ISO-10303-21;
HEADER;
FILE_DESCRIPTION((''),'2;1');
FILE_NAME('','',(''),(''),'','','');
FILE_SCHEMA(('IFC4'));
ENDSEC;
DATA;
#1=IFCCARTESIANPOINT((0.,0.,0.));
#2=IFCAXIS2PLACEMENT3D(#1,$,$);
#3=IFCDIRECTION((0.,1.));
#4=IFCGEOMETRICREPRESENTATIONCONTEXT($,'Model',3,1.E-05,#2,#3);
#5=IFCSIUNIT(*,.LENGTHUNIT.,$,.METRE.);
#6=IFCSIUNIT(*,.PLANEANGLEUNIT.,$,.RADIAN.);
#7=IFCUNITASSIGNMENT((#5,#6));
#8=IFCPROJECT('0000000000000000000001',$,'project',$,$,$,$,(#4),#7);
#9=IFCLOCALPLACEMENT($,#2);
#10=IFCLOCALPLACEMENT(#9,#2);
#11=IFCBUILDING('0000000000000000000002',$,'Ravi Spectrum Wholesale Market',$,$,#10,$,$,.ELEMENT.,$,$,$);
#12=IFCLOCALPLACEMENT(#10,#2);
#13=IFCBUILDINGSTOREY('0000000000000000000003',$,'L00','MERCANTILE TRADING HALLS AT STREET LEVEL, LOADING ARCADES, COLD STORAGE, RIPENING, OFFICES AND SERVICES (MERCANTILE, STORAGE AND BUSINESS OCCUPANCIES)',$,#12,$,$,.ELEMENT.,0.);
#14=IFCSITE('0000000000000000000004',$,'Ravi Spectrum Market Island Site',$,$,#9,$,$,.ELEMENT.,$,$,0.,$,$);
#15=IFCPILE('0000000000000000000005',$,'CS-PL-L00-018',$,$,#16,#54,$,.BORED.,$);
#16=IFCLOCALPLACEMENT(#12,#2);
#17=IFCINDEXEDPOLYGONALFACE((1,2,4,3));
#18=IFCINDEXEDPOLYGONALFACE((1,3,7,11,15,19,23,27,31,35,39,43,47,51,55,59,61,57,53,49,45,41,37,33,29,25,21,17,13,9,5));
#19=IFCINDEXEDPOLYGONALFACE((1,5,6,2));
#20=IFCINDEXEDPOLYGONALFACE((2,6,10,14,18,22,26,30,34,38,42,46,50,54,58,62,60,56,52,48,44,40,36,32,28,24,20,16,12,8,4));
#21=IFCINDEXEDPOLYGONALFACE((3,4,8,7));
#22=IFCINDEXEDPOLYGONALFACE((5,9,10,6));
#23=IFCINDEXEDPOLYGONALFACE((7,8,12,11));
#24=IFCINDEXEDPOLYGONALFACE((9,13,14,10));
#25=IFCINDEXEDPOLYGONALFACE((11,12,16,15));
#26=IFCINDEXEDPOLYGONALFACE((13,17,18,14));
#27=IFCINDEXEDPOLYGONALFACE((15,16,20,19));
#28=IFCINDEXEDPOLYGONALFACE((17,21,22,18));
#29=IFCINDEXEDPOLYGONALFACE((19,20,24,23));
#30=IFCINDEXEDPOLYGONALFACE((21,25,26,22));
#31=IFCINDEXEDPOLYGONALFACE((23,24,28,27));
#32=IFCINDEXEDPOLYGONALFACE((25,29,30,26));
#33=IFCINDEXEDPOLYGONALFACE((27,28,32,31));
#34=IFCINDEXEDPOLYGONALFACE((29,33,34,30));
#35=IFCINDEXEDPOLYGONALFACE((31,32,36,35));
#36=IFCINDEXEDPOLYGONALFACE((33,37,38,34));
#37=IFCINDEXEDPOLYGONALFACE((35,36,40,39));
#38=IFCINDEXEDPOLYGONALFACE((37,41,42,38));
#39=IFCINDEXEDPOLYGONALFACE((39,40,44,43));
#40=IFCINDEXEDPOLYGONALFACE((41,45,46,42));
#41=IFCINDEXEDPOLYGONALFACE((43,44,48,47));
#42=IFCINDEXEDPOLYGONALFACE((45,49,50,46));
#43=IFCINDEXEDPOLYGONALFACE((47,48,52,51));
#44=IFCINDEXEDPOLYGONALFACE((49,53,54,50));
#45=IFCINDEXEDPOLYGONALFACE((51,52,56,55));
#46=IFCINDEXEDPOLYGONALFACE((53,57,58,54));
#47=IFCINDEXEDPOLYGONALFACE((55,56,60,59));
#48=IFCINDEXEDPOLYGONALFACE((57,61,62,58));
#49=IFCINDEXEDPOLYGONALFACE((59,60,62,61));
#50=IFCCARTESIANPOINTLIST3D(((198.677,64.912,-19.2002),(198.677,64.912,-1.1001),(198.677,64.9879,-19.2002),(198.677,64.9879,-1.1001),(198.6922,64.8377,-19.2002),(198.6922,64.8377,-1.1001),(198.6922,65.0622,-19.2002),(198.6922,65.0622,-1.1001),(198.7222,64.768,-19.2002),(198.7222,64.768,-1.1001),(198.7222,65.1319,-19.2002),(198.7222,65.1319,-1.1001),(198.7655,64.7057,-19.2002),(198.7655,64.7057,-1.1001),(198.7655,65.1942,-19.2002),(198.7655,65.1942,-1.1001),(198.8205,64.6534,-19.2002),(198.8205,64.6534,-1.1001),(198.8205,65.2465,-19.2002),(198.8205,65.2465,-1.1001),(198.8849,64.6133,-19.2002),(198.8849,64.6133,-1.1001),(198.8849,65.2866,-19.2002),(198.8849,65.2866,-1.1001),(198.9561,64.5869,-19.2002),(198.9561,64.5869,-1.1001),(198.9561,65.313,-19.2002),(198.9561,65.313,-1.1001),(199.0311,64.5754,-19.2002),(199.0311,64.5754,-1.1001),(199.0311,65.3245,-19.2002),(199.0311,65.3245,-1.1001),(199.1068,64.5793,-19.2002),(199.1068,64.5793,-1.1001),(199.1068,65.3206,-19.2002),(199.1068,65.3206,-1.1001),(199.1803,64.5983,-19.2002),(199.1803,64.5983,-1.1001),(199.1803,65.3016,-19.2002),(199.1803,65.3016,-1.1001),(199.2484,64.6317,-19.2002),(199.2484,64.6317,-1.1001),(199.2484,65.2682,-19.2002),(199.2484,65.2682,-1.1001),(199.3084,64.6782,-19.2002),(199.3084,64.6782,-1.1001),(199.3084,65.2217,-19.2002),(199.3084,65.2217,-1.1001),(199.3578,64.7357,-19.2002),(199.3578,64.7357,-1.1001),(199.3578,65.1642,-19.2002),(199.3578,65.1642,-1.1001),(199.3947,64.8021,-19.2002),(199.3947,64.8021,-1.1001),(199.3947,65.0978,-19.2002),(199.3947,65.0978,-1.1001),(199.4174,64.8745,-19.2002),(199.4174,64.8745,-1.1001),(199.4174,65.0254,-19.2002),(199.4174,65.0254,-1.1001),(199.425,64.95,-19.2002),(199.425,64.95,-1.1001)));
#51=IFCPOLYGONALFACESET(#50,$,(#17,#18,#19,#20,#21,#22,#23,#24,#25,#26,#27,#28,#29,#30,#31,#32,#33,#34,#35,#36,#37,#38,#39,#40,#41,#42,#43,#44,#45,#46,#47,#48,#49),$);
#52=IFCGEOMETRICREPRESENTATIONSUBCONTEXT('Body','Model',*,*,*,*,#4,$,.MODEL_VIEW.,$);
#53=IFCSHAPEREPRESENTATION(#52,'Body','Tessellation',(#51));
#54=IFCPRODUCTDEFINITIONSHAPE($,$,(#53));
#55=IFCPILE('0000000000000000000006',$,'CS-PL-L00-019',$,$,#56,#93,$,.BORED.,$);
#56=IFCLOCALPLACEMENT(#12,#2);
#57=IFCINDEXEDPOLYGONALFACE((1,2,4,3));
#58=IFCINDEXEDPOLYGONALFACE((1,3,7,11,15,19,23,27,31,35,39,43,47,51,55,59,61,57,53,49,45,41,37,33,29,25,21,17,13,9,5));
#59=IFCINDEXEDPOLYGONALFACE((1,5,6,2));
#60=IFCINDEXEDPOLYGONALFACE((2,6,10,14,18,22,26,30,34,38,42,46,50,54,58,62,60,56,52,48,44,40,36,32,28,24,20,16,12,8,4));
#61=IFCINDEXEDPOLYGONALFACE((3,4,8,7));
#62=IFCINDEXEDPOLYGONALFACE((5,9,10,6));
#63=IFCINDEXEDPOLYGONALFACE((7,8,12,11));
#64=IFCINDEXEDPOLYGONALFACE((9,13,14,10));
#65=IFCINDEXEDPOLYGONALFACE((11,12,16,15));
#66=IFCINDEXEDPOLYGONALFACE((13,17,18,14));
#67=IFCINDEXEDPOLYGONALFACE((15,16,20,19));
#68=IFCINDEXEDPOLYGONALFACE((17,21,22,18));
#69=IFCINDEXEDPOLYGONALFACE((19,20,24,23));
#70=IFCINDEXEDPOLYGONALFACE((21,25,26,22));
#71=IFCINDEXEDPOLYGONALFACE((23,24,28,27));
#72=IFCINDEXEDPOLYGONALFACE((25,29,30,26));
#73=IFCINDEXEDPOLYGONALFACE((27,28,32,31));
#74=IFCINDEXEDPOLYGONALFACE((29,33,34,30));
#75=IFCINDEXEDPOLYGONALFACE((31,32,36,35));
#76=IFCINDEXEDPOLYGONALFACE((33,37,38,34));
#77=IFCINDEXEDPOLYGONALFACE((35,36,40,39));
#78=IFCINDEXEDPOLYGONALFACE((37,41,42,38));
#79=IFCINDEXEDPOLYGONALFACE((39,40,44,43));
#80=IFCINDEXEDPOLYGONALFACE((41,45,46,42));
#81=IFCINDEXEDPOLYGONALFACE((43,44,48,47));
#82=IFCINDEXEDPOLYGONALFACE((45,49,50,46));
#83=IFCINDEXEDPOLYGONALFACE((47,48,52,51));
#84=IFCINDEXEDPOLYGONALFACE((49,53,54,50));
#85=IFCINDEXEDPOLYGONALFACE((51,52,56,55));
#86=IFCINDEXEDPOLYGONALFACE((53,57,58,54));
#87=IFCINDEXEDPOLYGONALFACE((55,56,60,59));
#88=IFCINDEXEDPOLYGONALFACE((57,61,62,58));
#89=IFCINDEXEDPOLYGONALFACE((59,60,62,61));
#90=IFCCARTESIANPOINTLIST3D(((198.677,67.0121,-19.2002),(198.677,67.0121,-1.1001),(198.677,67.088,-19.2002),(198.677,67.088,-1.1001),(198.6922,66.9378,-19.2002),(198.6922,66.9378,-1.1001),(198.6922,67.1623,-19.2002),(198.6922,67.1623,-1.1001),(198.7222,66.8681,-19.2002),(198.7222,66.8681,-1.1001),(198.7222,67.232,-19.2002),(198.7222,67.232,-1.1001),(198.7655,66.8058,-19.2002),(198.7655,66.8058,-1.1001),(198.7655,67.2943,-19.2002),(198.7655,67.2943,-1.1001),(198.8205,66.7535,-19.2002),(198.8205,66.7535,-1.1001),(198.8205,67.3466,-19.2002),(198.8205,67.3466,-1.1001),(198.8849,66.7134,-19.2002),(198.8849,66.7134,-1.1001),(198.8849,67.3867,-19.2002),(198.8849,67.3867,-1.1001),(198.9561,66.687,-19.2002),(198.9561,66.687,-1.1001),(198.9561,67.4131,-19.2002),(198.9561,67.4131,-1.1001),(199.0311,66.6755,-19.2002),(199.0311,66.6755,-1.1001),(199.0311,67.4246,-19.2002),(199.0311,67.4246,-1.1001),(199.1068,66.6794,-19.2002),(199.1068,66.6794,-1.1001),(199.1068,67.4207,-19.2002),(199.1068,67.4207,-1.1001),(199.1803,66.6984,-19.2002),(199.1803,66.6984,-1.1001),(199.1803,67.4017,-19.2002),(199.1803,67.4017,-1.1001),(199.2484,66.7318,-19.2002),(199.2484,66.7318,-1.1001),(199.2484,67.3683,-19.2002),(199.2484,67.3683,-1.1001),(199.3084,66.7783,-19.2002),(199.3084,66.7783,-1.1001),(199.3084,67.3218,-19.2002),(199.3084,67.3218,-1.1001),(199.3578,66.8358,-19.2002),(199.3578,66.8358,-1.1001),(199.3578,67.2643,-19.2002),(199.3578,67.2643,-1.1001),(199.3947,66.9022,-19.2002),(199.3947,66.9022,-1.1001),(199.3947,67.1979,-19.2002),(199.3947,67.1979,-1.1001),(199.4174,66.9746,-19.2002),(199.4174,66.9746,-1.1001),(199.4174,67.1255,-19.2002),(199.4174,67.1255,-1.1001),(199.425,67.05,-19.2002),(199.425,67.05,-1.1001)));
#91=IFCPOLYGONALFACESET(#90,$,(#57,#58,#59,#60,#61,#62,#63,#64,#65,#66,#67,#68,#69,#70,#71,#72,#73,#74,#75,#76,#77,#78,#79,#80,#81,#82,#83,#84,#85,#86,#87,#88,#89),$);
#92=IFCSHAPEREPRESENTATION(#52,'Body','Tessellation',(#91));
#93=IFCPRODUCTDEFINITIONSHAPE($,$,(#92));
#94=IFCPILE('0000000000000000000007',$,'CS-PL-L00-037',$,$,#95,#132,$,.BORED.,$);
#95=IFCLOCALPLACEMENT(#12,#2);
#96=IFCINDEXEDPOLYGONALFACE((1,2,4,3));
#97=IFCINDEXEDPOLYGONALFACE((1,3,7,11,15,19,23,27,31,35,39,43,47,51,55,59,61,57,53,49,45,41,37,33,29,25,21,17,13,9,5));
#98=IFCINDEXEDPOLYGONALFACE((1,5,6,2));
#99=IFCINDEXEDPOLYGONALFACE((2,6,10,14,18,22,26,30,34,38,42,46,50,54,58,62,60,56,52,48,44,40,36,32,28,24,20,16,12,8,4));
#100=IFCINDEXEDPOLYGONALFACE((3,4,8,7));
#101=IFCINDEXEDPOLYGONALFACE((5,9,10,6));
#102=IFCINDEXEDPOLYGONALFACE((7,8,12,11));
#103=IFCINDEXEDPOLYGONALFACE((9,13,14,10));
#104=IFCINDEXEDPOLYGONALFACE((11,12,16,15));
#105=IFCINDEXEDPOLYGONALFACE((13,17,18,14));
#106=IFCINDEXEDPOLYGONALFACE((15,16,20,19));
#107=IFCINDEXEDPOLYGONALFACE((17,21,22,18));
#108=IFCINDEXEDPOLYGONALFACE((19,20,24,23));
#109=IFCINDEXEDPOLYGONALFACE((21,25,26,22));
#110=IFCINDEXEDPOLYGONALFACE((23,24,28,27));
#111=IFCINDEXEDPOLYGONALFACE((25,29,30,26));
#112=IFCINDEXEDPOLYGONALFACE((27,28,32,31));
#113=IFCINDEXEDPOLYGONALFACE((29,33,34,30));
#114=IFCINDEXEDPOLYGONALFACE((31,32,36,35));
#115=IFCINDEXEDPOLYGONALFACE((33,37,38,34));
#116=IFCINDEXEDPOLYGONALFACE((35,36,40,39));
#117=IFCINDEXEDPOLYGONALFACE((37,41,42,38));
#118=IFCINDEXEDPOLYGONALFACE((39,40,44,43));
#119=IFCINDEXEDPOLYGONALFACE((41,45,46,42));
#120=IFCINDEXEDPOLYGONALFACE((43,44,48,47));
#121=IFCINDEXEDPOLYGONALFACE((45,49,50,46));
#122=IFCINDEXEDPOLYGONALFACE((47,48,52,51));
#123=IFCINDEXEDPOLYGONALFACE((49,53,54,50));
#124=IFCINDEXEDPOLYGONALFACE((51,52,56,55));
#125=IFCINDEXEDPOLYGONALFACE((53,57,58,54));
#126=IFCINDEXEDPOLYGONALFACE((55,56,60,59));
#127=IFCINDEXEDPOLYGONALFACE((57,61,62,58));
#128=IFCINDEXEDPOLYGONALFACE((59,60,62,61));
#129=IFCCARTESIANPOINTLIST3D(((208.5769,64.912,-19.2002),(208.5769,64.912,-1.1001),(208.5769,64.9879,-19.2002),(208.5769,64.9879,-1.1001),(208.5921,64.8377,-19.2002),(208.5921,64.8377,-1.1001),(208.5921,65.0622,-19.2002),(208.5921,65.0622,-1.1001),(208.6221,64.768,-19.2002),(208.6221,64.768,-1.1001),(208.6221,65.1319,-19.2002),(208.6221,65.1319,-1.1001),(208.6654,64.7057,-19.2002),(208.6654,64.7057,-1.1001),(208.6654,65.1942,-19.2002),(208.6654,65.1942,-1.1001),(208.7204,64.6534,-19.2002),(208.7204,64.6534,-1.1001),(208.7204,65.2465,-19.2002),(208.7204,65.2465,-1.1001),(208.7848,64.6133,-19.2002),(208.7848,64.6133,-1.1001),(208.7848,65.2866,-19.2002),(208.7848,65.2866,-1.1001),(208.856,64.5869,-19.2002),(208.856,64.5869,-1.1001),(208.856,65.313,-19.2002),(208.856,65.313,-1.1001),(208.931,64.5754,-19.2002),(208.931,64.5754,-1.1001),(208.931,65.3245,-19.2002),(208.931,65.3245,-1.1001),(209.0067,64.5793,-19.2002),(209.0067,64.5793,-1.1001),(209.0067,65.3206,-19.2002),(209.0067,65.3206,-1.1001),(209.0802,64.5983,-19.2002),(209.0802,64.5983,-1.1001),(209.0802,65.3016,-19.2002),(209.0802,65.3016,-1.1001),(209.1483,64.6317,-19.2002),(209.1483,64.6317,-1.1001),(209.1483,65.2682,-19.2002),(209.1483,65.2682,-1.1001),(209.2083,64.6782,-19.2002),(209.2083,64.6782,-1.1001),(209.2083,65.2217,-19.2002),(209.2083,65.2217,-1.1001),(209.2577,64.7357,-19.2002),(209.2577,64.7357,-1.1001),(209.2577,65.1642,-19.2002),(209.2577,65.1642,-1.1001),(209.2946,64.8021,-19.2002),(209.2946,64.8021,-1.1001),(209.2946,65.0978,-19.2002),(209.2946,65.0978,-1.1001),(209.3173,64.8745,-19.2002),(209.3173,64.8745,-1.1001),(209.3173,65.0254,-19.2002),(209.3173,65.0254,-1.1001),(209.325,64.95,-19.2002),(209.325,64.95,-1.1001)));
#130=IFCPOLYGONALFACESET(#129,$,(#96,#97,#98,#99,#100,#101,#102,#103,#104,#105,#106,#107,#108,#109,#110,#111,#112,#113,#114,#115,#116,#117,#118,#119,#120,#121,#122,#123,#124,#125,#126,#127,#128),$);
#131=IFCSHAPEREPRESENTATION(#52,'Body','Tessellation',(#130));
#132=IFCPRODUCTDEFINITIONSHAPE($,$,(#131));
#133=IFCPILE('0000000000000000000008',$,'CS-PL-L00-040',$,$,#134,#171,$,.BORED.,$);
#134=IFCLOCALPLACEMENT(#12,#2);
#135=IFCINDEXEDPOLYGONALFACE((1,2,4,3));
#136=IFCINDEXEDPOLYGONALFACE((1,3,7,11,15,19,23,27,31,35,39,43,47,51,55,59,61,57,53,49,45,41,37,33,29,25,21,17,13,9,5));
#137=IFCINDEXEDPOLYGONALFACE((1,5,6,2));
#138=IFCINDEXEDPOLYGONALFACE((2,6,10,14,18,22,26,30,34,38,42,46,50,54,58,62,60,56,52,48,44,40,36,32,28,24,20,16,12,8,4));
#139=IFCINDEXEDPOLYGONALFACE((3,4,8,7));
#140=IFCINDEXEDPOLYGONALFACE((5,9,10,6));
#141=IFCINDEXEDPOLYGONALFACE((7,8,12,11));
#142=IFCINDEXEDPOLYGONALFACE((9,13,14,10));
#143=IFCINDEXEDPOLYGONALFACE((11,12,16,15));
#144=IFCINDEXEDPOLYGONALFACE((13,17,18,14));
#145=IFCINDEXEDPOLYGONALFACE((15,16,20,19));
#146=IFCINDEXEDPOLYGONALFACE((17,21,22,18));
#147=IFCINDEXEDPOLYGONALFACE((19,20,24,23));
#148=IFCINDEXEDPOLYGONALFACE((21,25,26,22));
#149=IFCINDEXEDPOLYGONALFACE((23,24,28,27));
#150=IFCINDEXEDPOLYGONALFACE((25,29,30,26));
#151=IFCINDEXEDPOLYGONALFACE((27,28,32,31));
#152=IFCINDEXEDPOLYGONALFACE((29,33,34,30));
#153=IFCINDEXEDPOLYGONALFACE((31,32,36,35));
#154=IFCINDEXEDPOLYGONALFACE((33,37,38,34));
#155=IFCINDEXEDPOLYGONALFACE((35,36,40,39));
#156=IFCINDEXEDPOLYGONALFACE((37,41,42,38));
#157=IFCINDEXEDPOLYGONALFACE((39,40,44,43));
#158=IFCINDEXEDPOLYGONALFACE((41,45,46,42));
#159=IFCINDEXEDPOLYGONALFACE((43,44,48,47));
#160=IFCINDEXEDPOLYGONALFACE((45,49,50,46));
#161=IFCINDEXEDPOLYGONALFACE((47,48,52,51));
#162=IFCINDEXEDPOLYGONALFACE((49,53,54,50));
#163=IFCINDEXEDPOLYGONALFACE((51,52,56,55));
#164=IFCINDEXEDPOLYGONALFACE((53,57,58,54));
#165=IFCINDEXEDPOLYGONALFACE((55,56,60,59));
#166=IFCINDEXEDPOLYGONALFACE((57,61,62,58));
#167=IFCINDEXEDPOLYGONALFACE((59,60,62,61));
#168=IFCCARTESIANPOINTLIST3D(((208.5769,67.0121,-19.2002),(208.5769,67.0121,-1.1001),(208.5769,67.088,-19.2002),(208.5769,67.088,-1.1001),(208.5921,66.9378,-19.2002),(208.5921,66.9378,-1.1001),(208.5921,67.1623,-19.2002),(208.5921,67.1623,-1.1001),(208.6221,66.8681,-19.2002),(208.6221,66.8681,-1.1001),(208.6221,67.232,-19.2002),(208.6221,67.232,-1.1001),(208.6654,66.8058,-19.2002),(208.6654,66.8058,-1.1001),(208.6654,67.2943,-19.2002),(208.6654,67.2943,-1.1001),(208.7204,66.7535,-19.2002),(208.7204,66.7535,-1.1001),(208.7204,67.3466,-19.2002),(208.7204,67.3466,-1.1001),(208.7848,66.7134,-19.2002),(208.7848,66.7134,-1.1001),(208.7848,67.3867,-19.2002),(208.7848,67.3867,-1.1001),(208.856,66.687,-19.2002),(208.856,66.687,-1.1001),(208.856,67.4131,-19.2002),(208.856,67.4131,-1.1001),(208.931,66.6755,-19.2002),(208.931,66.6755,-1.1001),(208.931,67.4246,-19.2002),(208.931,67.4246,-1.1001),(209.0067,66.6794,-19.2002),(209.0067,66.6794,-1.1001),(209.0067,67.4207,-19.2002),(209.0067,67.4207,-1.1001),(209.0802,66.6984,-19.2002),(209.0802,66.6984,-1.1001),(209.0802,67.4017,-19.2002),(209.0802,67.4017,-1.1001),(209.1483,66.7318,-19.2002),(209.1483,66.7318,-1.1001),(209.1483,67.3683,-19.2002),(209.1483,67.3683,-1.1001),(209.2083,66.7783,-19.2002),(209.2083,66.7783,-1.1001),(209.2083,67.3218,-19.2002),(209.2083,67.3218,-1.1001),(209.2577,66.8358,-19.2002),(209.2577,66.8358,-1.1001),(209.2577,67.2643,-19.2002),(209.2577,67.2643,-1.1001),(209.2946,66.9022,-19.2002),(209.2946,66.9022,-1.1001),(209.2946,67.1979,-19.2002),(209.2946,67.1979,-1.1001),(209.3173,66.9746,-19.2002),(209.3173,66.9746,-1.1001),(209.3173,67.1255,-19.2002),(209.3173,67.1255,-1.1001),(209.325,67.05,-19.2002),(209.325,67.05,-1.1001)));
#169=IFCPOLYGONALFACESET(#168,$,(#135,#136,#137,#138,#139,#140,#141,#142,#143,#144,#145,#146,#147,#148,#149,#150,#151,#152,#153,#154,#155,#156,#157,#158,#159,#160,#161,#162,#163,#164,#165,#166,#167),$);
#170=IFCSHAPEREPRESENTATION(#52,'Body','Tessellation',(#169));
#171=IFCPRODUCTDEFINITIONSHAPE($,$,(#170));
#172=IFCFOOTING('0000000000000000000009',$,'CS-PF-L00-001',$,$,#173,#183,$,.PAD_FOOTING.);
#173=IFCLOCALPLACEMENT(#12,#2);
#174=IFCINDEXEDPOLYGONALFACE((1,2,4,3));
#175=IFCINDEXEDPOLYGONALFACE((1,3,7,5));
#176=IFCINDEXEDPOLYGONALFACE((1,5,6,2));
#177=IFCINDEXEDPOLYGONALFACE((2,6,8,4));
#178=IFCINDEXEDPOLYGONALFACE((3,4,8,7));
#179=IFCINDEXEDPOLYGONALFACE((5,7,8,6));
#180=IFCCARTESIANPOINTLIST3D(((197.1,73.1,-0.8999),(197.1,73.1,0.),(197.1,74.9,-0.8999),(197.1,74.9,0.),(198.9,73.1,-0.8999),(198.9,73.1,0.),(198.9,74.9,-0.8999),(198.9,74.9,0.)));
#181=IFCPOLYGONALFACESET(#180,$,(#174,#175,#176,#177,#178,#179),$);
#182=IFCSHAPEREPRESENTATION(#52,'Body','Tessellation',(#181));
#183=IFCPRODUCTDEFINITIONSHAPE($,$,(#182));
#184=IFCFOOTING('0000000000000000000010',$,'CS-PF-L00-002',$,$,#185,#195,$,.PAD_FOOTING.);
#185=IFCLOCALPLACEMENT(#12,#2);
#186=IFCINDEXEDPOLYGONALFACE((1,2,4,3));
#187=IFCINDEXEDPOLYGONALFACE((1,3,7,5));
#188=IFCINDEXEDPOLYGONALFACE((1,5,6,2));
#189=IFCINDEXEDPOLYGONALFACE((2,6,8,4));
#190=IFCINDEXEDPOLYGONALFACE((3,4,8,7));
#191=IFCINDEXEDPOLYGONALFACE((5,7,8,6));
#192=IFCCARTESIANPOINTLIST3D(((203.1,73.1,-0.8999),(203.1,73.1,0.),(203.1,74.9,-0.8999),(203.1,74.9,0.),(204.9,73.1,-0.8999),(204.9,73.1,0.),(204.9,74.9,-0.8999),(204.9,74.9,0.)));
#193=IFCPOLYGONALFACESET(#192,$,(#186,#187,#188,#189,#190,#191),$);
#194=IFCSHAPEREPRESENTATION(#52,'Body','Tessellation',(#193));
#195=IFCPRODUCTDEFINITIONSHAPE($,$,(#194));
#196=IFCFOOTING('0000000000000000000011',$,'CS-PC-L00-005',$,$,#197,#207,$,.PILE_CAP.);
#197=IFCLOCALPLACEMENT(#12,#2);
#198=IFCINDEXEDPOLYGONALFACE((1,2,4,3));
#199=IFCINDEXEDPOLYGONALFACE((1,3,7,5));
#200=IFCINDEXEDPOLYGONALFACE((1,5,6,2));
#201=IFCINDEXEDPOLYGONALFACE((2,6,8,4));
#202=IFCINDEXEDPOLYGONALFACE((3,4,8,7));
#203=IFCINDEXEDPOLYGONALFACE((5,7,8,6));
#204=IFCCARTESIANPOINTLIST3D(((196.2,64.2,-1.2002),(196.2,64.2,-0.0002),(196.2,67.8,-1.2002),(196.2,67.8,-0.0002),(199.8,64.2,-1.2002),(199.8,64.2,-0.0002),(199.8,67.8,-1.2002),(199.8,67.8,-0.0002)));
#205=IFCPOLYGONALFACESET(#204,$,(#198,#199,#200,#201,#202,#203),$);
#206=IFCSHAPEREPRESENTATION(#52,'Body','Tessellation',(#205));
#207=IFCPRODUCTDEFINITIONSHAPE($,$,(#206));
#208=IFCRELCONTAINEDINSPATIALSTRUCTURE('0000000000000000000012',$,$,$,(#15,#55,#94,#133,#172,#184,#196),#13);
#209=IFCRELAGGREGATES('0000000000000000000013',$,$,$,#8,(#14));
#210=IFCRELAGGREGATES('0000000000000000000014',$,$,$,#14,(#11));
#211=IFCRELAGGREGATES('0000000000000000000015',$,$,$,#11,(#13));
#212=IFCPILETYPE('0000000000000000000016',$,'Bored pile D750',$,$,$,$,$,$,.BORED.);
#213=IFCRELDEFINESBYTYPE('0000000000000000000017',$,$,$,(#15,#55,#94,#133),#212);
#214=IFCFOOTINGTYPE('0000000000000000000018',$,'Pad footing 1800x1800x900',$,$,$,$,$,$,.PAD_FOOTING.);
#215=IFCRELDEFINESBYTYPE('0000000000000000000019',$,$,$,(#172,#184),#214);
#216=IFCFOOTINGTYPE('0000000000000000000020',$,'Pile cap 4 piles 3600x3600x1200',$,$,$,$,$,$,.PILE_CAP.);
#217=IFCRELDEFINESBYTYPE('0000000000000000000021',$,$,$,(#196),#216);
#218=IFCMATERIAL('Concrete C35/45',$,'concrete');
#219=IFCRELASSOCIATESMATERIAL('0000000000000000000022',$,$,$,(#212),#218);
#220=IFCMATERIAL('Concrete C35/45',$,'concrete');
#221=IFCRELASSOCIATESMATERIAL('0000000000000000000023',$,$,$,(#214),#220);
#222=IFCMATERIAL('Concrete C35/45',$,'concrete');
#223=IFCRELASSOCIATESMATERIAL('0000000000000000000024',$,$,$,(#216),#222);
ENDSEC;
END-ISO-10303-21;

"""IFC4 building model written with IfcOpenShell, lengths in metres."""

from ifc_helpers import new_model, si_unit, direction, frame, origin, origin_2d, place, context, subcontext, project, spatial, rectangle, circle, extrude, material, material_profile, profile_set, type_object, element, save


model = new_model("IFC4")

# Units and contexts
model_context = context("Model", 3, precision=1e-05, world=origin(), true_north=direction((0.0, 1.0)))
body_context = subcontext(model_context, "Body", "Model", "MODEL_VIEW")
ifc_project = project(units=[si_unit("LENGTHUNIT", "METRE"), si_unit("PLANEANGLEUNIT", "RADIAN")], contexts=[model_context])

# Site, building, storey
site_placement = place(None, origin())
site = spatial("IfcSite", under=ifc_project, at=site_placement, Name="Ravi Spectrum Market Island Site", CompositionType="ELEMENT", RefElevation=0.0)
building_placement = place(site_placement, origin())
building = spatial("IfcBuilding", under=site, at=building_placement, Name="Ravi Spectrum Wholesale Market", CompositionType="ELEMENT")
storey_placement = place(building_placement, origin())
storey = spatial("IfcBuildingStorey", under=building, at=storey_placement, Name="L00", Description="MERCANTILE TRADING HALLS AT STREET LEVEL, LOADING ARCADES, COLD STORAGE, RIPENING, OFFICES AND SERVICES (MERCANTILE, STORAGE AND BUSINESS OCCUPANCIES)", CompositionType="ELEMENT", Elevation=0.0)

# Piles
ifc_material_1 = material(Name="Concrete C35/45", Category="concrete")
ifc_material_profile_1 = material_profile(ifc_material_1, circle(Radius=0.375, at=origin_2d()))
ifc_profile_set_1 = profile_set([ifc_material_profile_1], Name="Concrete C35/45")
pile_type = type_object("IfcPileType", Name="Bored pile D750", PredefinedType="BORED", material=ifc_profile_set_1)
for number, where, z_axis, x_axis, name in (
    (1, (199.05, 64.95, -1.1001), (0.0, 0.0, -1.0), (1.0, 0.0, 0.0), "CS-PL-L00-018"),
    (2, (199.05, 67.05, -1.1001), (0.0, 0.0, -1.0), (1.0, 0.0, 0.0), "CS-PL-L00-019"),
    (3, (208.95, 64.95, -1.1001), (0.0, 0.0, -1.0), (1.0, 0.0, 0.0), "CS-PL-L00-037"),
    (4, (208.95, 67.05, -1.1001), (0.0, 0.0, -1.0), (1.0, 0.0, 0.0), "CS-PL-L00-040"),
):
    element("IfcPile", number, at=place(storey_placement, frame(where, z_axis=z_axis, x_axis=x_axis)), inside=storey, type_object=pile_type, Name=name, PredefinedType="BORED", context=body_context, shape_type="SweptSolid", body=[
        extrude(circle(Radius=0.375, at=origin_2d()), origin(), (0.0, 0.0, 1.0), 18.1001),
    ])

# Footings
ifc_material_2 = material(Name="Concrete C35/45", Category="concrete")
footing_type_1 = type_object("IfcFootingType", Name="Pad footing 1800x1800x900", PredefinedType="PAD_FOOTING", material=ifc_material_2)
for number, where, z_axis, x_axis, name in (
    (5, (198.0, 74.0, -0.8999), (0.0, 0.0, 1.0), (1.0, 0.0, 0.0), "CS-PF-L00-001"),
    (6, (204.0, 74.0, -0.8999), (0.0, 0.0, 1.0), (1.0, 0.0, 0.0), "CS-PF-L00-002"),
):
    element("IfcFooting", number, at=place(storey_placement, frame(where, z_axis=z_axis, x_axis=x_axis)), inside=storey, type_object=footing_type_1, Name=name, PredefinedType="PAD_FOOTING", context=body_context, shape_type="SweptSolid", body=[
        extrude(rectangle(XDim=1.8, YDim=1.8, at=origin_2d()), origin(), (0.0, 0.0, 1.0), 0.8999),
    ])
ifc_material_3 = material(Name="Concrete C35/45", Category="concrete")
footing_type_2 = type_object("IfcFootingType", Name="Pile cap 4 piles 3600x3600x1200", PredefinedType="PILE_CAP", material=ifc_material_3)
footing_placement = place(storey_placement, frame((198.0, 66.0, -1.2002), z_axis=(0.0, 0.0, 1.0), x_axis=(1.0, 0.0, 0.0)))
element("IfcFooting", 7, at=footing_placement, inside=storey, type_object=footing_type_2, Name="CS-PC-L00-005", PredefinedType="PILE_CAP", context=body_context, shape_type="SweptSolid", body=[
    extrude(rectangle(XDim=3.6001, YDim=3.6001, at=origin_2d()), origin(), (0.0, 0.0, 1.0), 1.2),
])

save(model, "model.ifc")
